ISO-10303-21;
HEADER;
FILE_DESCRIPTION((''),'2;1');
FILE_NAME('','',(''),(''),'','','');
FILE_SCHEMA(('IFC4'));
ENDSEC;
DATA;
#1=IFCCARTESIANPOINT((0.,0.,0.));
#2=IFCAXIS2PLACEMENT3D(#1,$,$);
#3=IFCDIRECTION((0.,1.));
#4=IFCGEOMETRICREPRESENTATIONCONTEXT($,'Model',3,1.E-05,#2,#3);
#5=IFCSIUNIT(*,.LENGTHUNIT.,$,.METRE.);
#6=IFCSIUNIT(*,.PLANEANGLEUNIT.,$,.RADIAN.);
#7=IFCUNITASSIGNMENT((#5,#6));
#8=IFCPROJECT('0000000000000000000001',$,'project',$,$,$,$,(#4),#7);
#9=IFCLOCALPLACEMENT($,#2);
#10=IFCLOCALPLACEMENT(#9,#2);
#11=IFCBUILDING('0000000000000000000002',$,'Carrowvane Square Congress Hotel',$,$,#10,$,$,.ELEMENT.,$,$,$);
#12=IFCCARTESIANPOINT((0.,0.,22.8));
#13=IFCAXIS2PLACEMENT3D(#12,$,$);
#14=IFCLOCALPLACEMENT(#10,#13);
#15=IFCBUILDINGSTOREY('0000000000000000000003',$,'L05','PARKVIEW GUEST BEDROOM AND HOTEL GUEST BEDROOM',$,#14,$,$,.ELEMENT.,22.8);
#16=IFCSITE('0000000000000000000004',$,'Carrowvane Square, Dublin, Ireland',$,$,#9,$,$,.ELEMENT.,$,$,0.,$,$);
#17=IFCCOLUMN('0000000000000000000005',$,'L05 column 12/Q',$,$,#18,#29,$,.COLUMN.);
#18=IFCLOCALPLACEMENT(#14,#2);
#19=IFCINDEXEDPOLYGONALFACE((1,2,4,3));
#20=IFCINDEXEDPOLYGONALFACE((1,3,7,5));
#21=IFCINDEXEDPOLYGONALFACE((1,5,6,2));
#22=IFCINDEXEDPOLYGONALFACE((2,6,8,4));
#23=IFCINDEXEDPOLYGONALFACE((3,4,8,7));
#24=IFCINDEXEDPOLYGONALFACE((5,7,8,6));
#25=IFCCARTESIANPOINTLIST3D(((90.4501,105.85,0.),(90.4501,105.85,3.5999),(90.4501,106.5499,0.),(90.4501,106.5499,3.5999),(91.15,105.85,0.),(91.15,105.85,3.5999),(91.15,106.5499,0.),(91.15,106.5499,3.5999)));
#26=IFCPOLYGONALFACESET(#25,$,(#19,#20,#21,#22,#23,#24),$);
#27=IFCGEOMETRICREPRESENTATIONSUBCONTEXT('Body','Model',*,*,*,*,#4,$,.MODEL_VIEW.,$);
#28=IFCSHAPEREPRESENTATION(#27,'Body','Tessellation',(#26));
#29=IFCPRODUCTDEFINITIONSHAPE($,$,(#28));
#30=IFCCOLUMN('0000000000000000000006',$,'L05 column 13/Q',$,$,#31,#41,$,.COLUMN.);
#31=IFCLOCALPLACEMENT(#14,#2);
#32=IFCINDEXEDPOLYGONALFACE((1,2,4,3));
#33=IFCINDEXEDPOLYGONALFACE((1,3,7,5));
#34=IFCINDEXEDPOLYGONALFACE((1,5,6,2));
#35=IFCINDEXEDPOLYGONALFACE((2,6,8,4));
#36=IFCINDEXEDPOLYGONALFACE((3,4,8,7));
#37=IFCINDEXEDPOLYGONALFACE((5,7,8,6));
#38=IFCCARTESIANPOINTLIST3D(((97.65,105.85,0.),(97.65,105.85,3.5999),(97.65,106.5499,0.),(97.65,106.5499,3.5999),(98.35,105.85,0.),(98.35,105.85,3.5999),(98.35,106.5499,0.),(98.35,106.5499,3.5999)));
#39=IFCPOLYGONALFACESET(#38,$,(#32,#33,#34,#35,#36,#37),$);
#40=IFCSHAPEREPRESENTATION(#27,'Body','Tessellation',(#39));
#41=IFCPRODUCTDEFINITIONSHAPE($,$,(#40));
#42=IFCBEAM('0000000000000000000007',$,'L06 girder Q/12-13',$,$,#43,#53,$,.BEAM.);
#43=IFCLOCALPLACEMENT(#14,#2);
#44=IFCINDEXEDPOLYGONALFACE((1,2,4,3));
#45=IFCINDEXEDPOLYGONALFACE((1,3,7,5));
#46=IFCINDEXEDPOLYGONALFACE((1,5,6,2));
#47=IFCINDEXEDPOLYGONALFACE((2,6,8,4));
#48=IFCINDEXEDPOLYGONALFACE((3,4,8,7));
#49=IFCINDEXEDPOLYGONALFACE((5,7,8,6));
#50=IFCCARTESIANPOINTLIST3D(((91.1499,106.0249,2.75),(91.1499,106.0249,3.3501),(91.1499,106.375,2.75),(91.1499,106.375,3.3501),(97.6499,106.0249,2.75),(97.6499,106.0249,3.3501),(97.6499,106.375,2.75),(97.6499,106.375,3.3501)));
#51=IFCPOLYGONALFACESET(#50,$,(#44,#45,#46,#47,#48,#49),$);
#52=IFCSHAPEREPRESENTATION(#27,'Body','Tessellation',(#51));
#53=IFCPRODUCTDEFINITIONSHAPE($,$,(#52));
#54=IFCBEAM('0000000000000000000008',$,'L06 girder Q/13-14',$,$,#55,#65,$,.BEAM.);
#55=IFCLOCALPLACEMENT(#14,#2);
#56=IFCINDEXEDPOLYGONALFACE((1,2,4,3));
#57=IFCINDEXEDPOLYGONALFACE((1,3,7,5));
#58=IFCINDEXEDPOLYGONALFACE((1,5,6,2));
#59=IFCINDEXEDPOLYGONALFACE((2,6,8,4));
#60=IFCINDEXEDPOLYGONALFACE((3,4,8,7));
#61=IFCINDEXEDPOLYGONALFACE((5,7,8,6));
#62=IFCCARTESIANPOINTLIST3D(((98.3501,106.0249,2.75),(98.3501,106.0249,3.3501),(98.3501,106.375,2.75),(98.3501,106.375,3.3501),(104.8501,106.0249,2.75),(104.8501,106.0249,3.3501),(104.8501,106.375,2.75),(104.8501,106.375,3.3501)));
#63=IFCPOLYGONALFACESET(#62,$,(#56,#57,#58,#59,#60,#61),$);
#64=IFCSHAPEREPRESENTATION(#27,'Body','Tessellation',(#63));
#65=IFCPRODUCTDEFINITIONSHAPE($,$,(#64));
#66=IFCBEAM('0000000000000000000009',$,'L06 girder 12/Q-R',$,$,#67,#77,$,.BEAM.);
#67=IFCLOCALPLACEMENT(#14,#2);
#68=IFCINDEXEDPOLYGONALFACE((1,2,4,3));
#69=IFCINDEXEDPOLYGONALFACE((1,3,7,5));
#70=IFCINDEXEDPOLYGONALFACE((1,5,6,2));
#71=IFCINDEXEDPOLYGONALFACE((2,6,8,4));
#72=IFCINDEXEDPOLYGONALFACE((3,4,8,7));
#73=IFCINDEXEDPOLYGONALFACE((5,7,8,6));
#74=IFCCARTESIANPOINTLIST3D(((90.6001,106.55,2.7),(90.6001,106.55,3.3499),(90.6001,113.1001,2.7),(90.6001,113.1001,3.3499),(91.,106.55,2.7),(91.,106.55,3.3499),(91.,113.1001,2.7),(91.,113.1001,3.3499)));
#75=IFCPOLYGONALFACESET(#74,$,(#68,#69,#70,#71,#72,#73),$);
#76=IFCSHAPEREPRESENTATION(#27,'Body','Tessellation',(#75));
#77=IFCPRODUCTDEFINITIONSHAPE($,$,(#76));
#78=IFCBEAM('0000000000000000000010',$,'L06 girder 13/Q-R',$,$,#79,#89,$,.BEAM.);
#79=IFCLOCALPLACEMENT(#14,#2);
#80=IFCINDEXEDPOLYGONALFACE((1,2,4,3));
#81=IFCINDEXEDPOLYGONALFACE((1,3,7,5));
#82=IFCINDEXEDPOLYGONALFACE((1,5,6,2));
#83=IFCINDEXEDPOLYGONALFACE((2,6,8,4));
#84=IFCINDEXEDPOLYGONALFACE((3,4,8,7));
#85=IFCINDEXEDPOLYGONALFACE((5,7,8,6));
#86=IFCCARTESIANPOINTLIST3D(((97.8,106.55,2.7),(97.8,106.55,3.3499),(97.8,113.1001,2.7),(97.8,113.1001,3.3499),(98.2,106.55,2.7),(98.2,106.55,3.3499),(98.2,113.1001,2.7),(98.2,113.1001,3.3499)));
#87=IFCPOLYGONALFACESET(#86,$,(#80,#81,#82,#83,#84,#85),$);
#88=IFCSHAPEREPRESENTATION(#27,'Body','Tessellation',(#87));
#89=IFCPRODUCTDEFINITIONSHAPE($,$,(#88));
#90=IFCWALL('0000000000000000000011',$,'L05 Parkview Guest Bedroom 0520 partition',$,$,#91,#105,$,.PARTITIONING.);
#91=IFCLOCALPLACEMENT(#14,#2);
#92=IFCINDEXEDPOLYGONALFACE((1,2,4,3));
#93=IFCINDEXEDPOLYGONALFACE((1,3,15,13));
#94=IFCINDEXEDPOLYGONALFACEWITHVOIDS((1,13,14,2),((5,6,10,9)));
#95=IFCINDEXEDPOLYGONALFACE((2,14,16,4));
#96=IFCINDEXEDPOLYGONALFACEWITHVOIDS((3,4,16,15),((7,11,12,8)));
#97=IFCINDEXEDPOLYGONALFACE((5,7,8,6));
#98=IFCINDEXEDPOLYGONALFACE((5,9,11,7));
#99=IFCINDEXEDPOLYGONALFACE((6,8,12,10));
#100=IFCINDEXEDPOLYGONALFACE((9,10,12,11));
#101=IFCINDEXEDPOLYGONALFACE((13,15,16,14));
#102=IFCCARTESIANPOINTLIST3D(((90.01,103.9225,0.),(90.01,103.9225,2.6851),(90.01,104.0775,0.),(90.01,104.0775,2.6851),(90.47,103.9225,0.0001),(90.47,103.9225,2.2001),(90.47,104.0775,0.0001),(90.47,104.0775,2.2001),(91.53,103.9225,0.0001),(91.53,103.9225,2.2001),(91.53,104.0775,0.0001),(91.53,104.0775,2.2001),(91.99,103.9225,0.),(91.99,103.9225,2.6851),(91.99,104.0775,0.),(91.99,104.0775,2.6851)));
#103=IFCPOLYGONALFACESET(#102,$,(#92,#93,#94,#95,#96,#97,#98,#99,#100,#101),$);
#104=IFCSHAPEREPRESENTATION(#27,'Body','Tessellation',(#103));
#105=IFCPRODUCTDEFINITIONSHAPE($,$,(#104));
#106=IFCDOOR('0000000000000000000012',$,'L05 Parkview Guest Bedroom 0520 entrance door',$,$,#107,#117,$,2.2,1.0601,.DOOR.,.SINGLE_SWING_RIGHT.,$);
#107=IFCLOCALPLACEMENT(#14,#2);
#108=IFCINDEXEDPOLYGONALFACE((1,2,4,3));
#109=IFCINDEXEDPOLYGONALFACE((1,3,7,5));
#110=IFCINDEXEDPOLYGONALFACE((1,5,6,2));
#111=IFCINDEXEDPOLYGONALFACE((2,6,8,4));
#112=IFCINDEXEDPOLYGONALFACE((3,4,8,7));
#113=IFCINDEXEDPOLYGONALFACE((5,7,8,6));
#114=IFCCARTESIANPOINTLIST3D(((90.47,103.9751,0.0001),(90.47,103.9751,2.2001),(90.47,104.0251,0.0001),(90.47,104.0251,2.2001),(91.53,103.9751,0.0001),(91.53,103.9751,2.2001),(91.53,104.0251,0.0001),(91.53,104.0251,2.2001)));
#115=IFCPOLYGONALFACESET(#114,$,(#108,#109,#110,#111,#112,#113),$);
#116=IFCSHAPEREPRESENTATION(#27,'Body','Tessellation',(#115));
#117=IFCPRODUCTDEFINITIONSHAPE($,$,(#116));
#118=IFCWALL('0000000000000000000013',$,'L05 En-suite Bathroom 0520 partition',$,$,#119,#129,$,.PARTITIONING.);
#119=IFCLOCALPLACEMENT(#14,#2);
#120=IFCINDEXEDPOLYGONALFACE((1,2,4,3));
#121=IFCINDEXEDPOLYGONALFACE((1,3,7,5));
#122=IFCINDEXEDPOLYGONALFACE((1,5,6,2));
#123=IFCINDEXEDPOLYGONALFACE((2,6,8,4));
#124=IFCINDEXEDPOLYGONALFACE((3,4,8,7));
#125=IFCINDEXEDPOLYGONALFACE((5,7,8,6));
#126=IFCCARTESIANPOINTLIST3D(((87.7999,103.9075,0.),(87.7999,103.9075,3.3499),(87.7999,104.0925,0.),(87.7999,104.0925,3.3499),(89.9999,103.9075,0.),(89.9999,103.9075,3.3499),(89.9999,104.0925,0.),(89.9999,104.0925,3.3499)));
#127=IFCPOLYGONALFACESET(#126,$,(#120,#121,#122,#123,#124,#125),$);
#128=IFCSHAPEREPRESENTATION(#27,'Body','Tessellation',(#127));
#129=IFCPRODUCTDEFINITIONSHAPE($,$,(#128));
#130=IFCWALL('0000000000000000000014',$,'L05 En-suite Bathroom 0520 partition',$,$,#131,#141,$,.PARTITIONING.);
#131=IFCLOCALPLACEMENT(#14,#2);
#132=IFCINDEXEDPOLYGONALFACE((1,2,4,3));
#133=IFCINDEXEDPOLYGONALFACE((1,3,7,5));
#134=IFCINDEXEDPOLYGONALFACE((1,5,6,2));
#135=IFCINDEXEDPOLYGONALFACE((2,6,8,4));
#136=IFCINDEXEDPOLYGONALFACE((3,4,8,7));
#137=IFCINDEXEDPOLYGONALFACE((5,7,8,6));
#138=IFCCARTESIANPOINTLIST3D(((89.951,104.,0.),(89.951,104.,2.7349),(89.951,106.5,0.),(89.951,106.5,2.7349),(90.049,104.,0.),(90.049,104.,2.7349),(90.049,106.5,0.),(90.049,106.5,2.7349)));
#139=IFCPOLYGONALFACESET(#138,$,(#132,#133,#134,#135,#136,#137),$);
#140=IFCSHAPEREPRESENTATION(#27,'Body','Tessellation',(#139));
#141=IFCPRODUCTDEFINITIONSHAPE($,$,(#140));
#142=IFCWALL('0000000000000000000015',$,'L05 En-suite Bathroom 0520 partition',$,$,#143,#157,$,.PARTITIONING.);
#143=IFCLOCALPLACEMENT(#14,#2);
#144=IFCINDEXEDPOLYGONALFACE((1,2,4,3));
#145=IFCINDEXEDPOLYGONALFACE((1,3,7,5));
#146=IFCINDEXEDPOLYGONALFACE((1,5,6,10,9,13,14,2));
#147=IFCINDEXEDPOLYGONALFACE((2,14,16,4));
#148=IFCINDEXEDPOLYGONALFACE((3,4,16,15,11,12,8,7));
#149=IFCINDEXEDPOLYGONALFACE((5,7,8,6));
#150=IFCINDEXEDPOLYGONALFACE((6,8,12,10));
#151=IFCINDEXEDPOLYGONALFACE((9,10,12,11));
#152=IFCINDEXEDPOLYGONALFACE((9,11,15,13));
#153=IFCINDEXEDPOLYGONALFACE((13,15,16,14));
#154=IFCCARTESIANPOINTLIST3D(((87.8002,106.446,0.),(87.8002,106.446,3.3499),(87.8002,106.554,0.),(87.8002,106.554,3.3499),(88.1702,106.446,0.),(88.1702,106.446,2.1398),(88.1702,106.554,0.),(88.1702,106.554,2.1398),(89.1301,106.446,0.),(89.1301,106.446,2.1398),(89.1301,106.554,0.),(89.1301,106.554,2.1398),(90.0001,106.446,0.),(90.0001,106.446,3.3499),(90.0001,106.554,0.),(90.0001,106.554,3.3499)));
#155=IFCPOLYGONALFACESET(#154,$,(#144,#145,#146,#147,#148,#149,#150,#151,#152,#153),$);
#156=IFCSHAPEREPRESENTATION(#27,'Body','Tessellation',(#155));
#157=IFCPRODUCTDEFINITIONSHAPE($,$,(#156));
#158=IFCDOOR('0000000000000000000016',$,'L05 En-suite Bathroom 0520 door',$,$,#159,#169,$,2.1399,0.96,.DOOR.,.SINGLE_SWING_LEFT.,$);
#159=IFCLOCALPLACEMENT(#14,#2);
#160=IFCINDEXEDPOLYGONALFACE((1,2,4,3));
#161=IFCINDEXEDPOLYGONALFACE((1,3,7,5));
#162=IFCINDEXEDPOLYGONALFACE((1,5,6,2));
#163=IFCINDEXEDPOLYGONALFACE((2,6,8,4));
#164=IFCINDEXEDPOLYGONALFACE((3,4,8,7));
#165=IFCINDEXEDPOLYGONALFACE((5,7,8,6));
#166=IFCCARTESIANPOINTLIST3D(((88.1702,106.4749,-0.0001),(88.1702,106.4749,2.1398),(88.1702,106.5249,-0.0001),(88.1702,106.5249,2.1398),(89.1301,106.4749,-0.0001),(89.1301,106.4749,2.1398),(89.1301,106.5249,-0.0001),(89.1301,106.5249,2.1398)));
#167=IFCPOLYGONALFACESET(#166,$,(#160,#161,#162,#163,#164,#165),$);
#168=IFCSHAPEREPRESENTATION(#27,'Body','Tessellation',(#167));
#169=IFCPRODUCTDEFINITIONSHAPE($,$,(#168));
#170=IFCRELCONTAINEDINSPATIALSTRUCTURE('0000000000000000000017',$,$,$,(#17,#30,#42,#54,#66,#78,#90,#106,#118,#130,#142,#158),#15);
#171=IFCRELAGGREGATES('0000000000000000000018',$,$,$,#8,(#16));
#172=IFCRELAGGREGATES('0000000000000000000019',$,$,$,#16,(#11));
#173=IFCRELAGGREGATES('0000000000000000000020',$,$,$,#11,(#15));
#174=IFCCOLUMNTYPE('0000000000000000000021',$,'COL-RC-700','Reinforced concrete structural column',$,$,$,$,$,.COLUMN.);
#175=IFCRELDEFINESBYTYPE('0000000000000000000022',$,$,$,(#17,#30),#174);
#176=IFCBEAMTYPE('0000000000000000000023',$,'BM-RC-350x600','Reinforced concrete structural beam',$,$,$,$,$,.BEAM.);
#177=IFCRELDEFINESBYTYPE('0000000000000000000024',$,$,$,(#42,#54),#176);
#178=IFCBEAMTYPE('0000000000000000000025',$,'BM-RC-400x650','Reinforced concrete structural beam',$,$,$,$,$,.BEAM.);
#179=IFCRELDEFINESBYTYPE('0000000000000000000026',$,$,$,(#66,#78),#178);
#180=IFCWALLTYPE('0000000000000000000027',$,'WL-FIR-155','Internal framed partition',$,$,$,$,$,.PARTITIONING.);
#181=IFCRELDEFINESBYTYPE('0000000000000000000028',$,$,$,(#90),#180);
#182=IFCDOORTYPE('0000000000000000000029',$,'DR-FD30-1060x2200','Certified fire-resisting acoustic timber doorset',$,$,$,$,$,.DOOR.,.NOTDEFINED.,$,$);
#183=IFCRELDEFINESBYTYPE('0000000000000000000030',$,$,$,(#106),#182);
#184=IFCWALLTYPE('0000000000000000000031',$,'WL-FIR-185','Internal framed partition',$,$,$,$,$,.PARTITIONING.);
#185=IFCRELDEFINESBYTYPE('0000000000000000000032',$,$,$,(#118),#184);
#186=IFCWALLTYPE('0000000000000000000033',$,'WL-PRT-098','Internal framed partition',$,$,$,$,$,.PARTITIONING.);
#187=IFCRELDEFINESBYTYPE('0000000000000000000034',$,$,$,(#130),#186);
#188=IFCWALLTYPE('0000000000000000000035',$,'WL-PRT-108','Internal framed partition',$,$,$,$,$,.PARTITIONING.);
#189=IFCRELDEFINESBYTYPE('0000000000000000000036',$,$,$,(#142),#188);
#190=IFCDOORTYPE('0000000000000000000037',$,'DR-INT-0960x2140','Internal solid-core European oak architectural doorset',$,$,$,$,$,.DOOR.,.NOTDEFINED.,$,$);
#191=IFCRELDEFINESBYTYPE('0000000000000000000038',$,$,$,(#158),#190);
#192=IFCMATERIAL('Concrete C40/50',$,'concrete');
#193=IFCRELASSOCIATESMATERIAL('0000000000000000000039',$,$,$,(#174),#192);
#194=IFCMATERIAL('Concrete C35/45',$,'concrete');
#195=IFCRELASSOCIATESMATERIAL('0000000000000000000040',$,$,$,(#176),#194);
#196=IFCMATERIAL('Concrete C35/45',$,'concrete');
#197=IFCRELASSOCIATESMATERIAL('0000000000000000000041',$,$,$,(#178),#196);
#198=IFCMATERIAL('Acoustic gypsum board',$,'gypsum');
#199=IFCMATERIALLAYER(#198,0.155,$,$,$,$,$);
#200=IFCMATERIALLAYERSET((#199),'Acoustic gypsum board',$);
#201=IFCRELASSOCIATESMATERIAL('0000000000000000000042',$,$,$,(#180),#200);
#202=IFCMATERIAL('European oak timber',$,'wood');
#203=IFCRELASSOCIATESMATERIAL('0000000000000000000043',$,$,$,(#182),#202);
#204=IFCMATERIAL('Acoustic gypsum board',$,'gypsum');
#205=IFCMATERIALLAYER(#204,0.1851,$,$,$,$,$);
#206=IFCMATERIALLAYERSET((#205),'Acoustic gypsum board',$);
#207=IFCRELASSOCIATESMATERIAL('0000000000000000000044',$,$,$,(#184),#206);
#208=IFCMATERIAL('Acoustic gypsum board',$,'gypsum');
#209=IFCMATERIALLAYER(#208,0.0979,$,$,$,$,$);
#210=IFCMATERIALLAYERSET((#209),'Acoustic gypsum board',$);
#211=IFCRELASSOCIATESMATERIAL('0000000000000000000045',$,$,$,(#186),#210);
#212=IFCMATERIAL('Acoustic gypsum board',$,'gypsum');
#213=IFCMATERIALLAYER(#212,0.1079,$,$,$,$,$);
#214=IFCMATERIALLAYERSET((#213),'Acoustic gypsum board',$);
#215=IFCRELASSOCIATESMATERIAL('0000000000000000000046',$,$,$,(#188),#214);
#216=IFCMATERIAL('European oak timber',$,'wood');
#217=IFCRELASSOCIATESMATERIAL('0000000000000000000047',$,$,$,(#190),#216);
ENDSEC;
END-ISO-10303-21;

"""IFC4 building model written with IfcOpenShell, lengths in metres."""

from ifc_helpers import new_model, si_unit, direction, frame, frame_2d, origin, origin_2d, place, context, subcontext, project, spatial, rectangle, extrude, material, layer, layer_set, material_profile, profile_set, type_object, element, fill, save


model = new_model("IFC4")

# Units and contexts
model_context = context("Model", 3, precision=1e-05, world=origin(), true_north=direction((0.0, 1.0)))
body_context = subcontext(model_context, "Body", "Model", "MODEL_VIEW")
ifc_project = project(units=[si_unit("LENGTHUNIT", "METRE"), si_unit("PLANEANGLEUNIT", "RADIAN")], contexts=[model_context])

# Site, building, storey
site_placement = place(None, origin())
site = spatial("IfcSite", under=ifc_project, at=site_placement, Name="Carrowvane Square, Dublin, Ireland", CompositionType="ELEMENT", RefElevation=0.0)
building_placement = place(site_placement, origin())
building = spatial("IfcBuilding", under=site, at=building_placement, Name="Carrowvane Square Congress Hotel", CompositionType="ELEMENT")
storey_placement = place(building_placement, frame((0.0, 0.0, 22.8)))
storey = spatial("IfcBuildingStorey", under=building, at=storey_placement, Name="L05", Description="PARKVIEW GUEST BEDROOM AND HOTEL GUEST BEDROOM", CompositionType="ELEMENT", Elevation=22.8)

# Columns
ifc_material_1 = material(Name="Concrete C40/50", Category="concrete")
ifc_material_profile_1 = material_profile(ifc_material_1, rectangle(XDim=0.7, YDim=0.7, at=origin_2d()), Name="RC 700x700")
ifc_profile_set_1 = profile_set([ifc_material_profile_1], Name="Concrete C40/50")
column_type = type_object("IfcColumnType", Name="COL-RC-700", Description="Reinforced concrete structural column", PredefinedType="COLUMN", material=ifc_profile_set_1)
for number, where, z_axis, x_axis, name in (
    (1, (90.8, 106.2, 0.0), (0.0, 0.0, 1.0), (1.0, 0.0, 0.0), "L05 column 12/Q"),
    (2, (98.0, 106.2, 0.0), (0.0, 0.0, 1.0), (1.0, 0.0, 0.0), "L05 column 13/Q"),
):
    element("IfcColumn", number, at=place(storey_placement, frame(where, z_axis=z_axis, x_axis=x_axis)), inside=storey, type_object=column_type, Name=name, PredefinedType="COLUMN", context=body_context, shape_type="SweptSolid", body=[
        extrude(rectangle(XDim=0.7, YDim=0.7, at=origin_2d()), origin(), (0.0, 0.0, 1.0), 3.5999),
    ])

# Beams
ifc_material_2 = material(Name="Concrete C35/45", Category="concrete")
ifc_material_profile_2 = material_profile(ifc_material_2, rectangle(XDim=0.3501, YDim=0.6001, at=origin_2d()), Name="RC 350x600")
ifc_profile_set_2 = profile_set([ifc_material_profile_2], Name="Concrete C35/45")
beam_type_1 = type_object("IfcBeamType", Name="BM-RC-350x600", Description="Reinforced concrete structural beam", PredefinedType="BEAM", material=ifc_profile_set_2)
for number, where, z_axis, x_axis, name in (
    (3, (91.1499, 106.2, 3.05), (1.0, 0.0, 0.0), (0.0, 1.0, 0.0), "L06 girder Q/12-13"),
    (4, (98.3501, 106.2, 3.05), (1.0, 0.0, 0.0), (0.0, 1.0, 0.0), "L06 girder Q/13-14"),
):
    element("IfcBeam", number, at=place(storey_placement, frame(where, z_axis=z_axis, x_axis=x_axis)), inside=storey, type_object=beam_type_1, Name=name, PredefinedType="BEAM", context=body_context, shape_type="SweptSolid", body=[
        extrude(rectangle(XDim=0.3501, YDim=0.6001, at=origin_2d()), origin(), (0.0, 0.0, 1.0), 6.5),
    ])
ifc_material_3 = material(Name="Concrete C35/45", Category="concrete")
ifc_material_profile_3 = material_profile(ifc_material_3, rectangle(XDim=0.3999, YDim=0.6499, at=origin_2d()), Name="RC 400x650")
ifc_profile_set_3 = profile_set([ifc_material_profile_3], Name="Concrete C35/45")
beam_type_2 = type_object("IfcBeamType", Name="BM-RC-400x650", Description="Reinforced concrete structural beam", PredefinedType="BEAM", material=ifc_profile_set_3)
for number, where, z_axis, x_axis, name in (
    (5, (90.8, 106.55, 3.0249), (0.0, 1.0, 0.0), (-1.0, 0.0, 0.0), "L06 girder 12/Q-R"),
    (6, (98.0, 106.55, 3.0249), (0.0, 1.0, 0.0), (-1.0, 0.0, 0.0), "L06 girder 13/Q-R"),
):
    element("IfcBeam", number, at=place(storey_placement, frame(where, z_axis=z_axis, x_axis=x_axis)), inside=storey, type_object=beam_type_2, Name=name, PredefinedType="BEAM", context=body_context, shape_type="SweptSolid", body=[
        extrude(rectangle(XDim=0.3999, YDim=0.6499, at=origin_2d()), origin(), (0.0, 0.0, 1.0), 6.55),
    ])

# Wall, opening, door
ifc_material_4 = material(Name="Acoustic gypsum board", Category="gypsum")
ifc_layer_1 = layer(ifc_material_4, 0.155)
ifc_layer_set_1 = layer_set([ifc_layer_1], Name="Acoustic gypsum board")
wall_type_1 = type_object("IfcWallType", Name="WL-FIR-155", Description="Internal framed partition", PredefinedType="PARTITIONING", material=ifc_layer_set_1)
wall_1_placement = place(storey_placement, frame((91.99, 104.0, 0.0), z_axis=(0.0, 0.0, 1.0), x_axis=(-1.0, 0.0, 0.0)))
wall_1 = element("IfcWall", 7, at=wall_1_placement, inside=storey, type_object=wall_type_1, Name="L05 Parkview Guest Bedroom 0520 partition", PredefinedType="PARTITIONING", context=body_context, shape_type="SweptSolid", body=[
    extrude(rectangle(XDim=1.98, YDim=0.155, at=frame_2d((0.99, 0.0))), origin(), (0.0, 0.0, 1.0), 2.6851),
])
opening_1_placement = place(wall_1_placement, frame((0.46, 0.0, 0.0)))
opening_1 = element("IfcOpeningElement", 8, at=opening_1_placement, cuts=wall_1, PredefinedType="OPENING", context=body_context, shape_type="SweptSolid", body=[
    extrude(rectangle(XDim=1.0601, YDim=2.2, at=frame_2d((0.53, 1.1001))), frame((0.0, 0.0874, 0.0), z_axis=(0.0, -1.0, 0.0), x_axis=(1.0, 0.0, 0.0)), (0.0, 0.0, 1.0), 0.175),
])
ifc_material_5 = material(Name="European oak timber", Category="wood")
door_type_1 = type_object("IfcDoorType", Name="DR-FD30-1060x2200", Description="Certified fire-resisting acoustic timber doorset", OperationType="NOTDEFINED", PredefinedType="DOOR", material=ifc_material_5)
door_1_placement = place(opening_1_placement, origin())
door_1 = element("IfcDoor", 9, at=door_1_placement, inside=storey, type_object=door_type_1, Name="L05 Parkview Guest Bedroom 0520 entrance door", OperationType="SINGLE_SWING_RIGHT", OverallHeight=2.2, OverallWidth=1.0601, PredefinedType="DOOR", context=body_context, shape_type="SweptSolid", body=[
    extrude(rectangle(XDim=1.0601, YDim=2.2, at=frame_2d((0.53, 1.1001))), frame((0.0, 0.0249, 0.0), z_axis=(0.0, -1.0, 0.0), x_axis=(1.0, 0.0, 0.0)), (0.0, 0.0, 1.0), 0.05),
])
fill(opening_1, door_1)
ifc_material_6 = material(Name="Acoustic gypsum board", Category="gypsum")
ifc_layer_2 = layer(ifc_material_6, 0.1851)
ifc_layer_set_2 = layer_set([ifc_layer_2], Name="Acoustic gypsum board")
wall_type_2 = type_object("IfcWallType", Name="WL-FIR-185", Description="Internal framed partition", PredefinedType="PARTITIONING", material=ifc_layer_set_2)

# Walls
wall_2_placement = place(storey_placement, frame((90.0, 104.0, 0.0), z_axis=(0.0, 0.0, 1.0), x_axis=(-1.0, 0.0, 0.0)))
element("IfcWall", 10, at=wall_2_placement, inside=storey, type_object=wall_type_2, Name="L05 En-suite Bathroom 0520 partition", PredefinedType="PARTITIONING", context=body_context, shape_type="SweptSolid", body=[
    extrude(rectangle(XDim=2.2, YDim=0.1851, at=frame_2d((1.1001, 0.0))), origin(), (0.0, 0.0, 1.0), 3.3499),
])
ifc_material_7 = material(Name="Acoustic gypsum board", Category="gypsum")
ifc_layer_3 = layer(ifc_material_7, 0.0979)
ifc_layer_set_3 = layer_set([ifc_layer_3], Name="Acoustic gypsum board")
wall_type_3 = type_object("IfcWallType", Name="WL-PRT-098", Description="Internal framed partition", PredefinedType="PARTITIONING", material=ifc_layer_set_3)
wall_3_placement = place(storey_placement, frame((90.0, 106.5, 0.0), z_axis=(0.0, 0.0, 1.0), x_axis=(0.0, -1.0, 0.0)))
element("IfcWall", 11, at=wall_3_placement, inside=storey, type_object=wall_type_3, Name="L05 En-suite Bathroom 0520 partition", PredefinedType="PARTITIONING", context=body_context, shape_type="SweptSolid", body=[
    extrude(rectangle(XDim=2.5, YDim=0.0979, at=frame_2d((1.25, 0.0))), origin(), (0.0, 0.0, 1.0), 2.7349),
])

# Wall, opening, door
ifc_material_8 = material(Name="Acoustic gypsum board", Category="gypsum")
ifc_layer_4 = layer(ifc_material_8, 0.1079)
ifc_layer_set_4 = layer_set([ifc_layer_4], Name="Acoustic gypsum board")
wall_type_4 = type_object("IfcWallType", Name="WL-PRT-108", Description="Internal framed partition", PredefinedType="PARTITIONING", material=ifc_layer_set_4)
wall_4_placement = place(storey_placement, frame((87.8, 106.5, 0.0), z_axis=(0.0, 0.0, 1.0), x_axis=(1.0, 0.0, 0.0)))
wall_4 = element("IfcWall", 12, at=wall_4_placement, inside=storey, type_object=wall_type_4, Name="L05 En-suite Bathroom 0520 partition", PredefinedType="PARTITIONING", context=body_context, shape_type="SweptSolid", body=[
    extrude(rectangle(XDim=2.2, YDim=0.1079, at=frame_2d((1.1001, 0.0))), origin(), (0.0, 0.0, 1.0), 3.3499),
])
opening_2_placement = place(wall_4_placement, frame((0.3701, 0.0, 0.0)))
opening_2 = element("IfcOpeningElement", 13, at=opening_2_placement, cuts=wall_4, PredefinedType="OPENING", context=body_context, shape_type="SweptSolid", body=[
    extrude(rectangle(XDim=0.96, YDim=2.1399, at=frame_2d((0.48, 1.0698))), frame((0.0, 0.064, 0.0), z_axis=(0.0, -1.0, 0.0), x_axis=(1.0, 0.0, 0.0)), (0.0, 0.0, 1.0), 0.1279),
])
ifc_material_9 = material(Name="European oak timber", Category="wood")
door_type_2 = type_object("IfcDoorType", Name="DR-INT-0960x2140", Description="Internal solid-core European oak architectural doorset", OperationType="NOTDEFINED", PredefinedType="DOOR", material=ifc_material_9)
door_2_placement = place(opening_2_placement, origin())
door_2 = element("IfcDoor", 14, at=door_2_placement, inside=storey, type_object=door_type_2, Name="L05 En-suite Bathroom 0520 door", OperationType="SINGLE_SWING_LEFT", OverallHeight=2.1399, OverallWidth=0.96, PredefinedType="DOOR", context=body_context, shape_type="SweptSolid", body=[
    extrude(rectangle(XDim=0.96, YDim=2.1399, at=frame_2d((0.48, 1.0698))), frame((0.0, 0.0249, 0.0), z_axis=(0.0, -1.0, 0.0), x_axis=(1.0, 0.0, 0.0)), (0.0, 0.0, 1.0), 0.05),
])
fill(opening_2, door_2)

save(model, "model.ifc")
